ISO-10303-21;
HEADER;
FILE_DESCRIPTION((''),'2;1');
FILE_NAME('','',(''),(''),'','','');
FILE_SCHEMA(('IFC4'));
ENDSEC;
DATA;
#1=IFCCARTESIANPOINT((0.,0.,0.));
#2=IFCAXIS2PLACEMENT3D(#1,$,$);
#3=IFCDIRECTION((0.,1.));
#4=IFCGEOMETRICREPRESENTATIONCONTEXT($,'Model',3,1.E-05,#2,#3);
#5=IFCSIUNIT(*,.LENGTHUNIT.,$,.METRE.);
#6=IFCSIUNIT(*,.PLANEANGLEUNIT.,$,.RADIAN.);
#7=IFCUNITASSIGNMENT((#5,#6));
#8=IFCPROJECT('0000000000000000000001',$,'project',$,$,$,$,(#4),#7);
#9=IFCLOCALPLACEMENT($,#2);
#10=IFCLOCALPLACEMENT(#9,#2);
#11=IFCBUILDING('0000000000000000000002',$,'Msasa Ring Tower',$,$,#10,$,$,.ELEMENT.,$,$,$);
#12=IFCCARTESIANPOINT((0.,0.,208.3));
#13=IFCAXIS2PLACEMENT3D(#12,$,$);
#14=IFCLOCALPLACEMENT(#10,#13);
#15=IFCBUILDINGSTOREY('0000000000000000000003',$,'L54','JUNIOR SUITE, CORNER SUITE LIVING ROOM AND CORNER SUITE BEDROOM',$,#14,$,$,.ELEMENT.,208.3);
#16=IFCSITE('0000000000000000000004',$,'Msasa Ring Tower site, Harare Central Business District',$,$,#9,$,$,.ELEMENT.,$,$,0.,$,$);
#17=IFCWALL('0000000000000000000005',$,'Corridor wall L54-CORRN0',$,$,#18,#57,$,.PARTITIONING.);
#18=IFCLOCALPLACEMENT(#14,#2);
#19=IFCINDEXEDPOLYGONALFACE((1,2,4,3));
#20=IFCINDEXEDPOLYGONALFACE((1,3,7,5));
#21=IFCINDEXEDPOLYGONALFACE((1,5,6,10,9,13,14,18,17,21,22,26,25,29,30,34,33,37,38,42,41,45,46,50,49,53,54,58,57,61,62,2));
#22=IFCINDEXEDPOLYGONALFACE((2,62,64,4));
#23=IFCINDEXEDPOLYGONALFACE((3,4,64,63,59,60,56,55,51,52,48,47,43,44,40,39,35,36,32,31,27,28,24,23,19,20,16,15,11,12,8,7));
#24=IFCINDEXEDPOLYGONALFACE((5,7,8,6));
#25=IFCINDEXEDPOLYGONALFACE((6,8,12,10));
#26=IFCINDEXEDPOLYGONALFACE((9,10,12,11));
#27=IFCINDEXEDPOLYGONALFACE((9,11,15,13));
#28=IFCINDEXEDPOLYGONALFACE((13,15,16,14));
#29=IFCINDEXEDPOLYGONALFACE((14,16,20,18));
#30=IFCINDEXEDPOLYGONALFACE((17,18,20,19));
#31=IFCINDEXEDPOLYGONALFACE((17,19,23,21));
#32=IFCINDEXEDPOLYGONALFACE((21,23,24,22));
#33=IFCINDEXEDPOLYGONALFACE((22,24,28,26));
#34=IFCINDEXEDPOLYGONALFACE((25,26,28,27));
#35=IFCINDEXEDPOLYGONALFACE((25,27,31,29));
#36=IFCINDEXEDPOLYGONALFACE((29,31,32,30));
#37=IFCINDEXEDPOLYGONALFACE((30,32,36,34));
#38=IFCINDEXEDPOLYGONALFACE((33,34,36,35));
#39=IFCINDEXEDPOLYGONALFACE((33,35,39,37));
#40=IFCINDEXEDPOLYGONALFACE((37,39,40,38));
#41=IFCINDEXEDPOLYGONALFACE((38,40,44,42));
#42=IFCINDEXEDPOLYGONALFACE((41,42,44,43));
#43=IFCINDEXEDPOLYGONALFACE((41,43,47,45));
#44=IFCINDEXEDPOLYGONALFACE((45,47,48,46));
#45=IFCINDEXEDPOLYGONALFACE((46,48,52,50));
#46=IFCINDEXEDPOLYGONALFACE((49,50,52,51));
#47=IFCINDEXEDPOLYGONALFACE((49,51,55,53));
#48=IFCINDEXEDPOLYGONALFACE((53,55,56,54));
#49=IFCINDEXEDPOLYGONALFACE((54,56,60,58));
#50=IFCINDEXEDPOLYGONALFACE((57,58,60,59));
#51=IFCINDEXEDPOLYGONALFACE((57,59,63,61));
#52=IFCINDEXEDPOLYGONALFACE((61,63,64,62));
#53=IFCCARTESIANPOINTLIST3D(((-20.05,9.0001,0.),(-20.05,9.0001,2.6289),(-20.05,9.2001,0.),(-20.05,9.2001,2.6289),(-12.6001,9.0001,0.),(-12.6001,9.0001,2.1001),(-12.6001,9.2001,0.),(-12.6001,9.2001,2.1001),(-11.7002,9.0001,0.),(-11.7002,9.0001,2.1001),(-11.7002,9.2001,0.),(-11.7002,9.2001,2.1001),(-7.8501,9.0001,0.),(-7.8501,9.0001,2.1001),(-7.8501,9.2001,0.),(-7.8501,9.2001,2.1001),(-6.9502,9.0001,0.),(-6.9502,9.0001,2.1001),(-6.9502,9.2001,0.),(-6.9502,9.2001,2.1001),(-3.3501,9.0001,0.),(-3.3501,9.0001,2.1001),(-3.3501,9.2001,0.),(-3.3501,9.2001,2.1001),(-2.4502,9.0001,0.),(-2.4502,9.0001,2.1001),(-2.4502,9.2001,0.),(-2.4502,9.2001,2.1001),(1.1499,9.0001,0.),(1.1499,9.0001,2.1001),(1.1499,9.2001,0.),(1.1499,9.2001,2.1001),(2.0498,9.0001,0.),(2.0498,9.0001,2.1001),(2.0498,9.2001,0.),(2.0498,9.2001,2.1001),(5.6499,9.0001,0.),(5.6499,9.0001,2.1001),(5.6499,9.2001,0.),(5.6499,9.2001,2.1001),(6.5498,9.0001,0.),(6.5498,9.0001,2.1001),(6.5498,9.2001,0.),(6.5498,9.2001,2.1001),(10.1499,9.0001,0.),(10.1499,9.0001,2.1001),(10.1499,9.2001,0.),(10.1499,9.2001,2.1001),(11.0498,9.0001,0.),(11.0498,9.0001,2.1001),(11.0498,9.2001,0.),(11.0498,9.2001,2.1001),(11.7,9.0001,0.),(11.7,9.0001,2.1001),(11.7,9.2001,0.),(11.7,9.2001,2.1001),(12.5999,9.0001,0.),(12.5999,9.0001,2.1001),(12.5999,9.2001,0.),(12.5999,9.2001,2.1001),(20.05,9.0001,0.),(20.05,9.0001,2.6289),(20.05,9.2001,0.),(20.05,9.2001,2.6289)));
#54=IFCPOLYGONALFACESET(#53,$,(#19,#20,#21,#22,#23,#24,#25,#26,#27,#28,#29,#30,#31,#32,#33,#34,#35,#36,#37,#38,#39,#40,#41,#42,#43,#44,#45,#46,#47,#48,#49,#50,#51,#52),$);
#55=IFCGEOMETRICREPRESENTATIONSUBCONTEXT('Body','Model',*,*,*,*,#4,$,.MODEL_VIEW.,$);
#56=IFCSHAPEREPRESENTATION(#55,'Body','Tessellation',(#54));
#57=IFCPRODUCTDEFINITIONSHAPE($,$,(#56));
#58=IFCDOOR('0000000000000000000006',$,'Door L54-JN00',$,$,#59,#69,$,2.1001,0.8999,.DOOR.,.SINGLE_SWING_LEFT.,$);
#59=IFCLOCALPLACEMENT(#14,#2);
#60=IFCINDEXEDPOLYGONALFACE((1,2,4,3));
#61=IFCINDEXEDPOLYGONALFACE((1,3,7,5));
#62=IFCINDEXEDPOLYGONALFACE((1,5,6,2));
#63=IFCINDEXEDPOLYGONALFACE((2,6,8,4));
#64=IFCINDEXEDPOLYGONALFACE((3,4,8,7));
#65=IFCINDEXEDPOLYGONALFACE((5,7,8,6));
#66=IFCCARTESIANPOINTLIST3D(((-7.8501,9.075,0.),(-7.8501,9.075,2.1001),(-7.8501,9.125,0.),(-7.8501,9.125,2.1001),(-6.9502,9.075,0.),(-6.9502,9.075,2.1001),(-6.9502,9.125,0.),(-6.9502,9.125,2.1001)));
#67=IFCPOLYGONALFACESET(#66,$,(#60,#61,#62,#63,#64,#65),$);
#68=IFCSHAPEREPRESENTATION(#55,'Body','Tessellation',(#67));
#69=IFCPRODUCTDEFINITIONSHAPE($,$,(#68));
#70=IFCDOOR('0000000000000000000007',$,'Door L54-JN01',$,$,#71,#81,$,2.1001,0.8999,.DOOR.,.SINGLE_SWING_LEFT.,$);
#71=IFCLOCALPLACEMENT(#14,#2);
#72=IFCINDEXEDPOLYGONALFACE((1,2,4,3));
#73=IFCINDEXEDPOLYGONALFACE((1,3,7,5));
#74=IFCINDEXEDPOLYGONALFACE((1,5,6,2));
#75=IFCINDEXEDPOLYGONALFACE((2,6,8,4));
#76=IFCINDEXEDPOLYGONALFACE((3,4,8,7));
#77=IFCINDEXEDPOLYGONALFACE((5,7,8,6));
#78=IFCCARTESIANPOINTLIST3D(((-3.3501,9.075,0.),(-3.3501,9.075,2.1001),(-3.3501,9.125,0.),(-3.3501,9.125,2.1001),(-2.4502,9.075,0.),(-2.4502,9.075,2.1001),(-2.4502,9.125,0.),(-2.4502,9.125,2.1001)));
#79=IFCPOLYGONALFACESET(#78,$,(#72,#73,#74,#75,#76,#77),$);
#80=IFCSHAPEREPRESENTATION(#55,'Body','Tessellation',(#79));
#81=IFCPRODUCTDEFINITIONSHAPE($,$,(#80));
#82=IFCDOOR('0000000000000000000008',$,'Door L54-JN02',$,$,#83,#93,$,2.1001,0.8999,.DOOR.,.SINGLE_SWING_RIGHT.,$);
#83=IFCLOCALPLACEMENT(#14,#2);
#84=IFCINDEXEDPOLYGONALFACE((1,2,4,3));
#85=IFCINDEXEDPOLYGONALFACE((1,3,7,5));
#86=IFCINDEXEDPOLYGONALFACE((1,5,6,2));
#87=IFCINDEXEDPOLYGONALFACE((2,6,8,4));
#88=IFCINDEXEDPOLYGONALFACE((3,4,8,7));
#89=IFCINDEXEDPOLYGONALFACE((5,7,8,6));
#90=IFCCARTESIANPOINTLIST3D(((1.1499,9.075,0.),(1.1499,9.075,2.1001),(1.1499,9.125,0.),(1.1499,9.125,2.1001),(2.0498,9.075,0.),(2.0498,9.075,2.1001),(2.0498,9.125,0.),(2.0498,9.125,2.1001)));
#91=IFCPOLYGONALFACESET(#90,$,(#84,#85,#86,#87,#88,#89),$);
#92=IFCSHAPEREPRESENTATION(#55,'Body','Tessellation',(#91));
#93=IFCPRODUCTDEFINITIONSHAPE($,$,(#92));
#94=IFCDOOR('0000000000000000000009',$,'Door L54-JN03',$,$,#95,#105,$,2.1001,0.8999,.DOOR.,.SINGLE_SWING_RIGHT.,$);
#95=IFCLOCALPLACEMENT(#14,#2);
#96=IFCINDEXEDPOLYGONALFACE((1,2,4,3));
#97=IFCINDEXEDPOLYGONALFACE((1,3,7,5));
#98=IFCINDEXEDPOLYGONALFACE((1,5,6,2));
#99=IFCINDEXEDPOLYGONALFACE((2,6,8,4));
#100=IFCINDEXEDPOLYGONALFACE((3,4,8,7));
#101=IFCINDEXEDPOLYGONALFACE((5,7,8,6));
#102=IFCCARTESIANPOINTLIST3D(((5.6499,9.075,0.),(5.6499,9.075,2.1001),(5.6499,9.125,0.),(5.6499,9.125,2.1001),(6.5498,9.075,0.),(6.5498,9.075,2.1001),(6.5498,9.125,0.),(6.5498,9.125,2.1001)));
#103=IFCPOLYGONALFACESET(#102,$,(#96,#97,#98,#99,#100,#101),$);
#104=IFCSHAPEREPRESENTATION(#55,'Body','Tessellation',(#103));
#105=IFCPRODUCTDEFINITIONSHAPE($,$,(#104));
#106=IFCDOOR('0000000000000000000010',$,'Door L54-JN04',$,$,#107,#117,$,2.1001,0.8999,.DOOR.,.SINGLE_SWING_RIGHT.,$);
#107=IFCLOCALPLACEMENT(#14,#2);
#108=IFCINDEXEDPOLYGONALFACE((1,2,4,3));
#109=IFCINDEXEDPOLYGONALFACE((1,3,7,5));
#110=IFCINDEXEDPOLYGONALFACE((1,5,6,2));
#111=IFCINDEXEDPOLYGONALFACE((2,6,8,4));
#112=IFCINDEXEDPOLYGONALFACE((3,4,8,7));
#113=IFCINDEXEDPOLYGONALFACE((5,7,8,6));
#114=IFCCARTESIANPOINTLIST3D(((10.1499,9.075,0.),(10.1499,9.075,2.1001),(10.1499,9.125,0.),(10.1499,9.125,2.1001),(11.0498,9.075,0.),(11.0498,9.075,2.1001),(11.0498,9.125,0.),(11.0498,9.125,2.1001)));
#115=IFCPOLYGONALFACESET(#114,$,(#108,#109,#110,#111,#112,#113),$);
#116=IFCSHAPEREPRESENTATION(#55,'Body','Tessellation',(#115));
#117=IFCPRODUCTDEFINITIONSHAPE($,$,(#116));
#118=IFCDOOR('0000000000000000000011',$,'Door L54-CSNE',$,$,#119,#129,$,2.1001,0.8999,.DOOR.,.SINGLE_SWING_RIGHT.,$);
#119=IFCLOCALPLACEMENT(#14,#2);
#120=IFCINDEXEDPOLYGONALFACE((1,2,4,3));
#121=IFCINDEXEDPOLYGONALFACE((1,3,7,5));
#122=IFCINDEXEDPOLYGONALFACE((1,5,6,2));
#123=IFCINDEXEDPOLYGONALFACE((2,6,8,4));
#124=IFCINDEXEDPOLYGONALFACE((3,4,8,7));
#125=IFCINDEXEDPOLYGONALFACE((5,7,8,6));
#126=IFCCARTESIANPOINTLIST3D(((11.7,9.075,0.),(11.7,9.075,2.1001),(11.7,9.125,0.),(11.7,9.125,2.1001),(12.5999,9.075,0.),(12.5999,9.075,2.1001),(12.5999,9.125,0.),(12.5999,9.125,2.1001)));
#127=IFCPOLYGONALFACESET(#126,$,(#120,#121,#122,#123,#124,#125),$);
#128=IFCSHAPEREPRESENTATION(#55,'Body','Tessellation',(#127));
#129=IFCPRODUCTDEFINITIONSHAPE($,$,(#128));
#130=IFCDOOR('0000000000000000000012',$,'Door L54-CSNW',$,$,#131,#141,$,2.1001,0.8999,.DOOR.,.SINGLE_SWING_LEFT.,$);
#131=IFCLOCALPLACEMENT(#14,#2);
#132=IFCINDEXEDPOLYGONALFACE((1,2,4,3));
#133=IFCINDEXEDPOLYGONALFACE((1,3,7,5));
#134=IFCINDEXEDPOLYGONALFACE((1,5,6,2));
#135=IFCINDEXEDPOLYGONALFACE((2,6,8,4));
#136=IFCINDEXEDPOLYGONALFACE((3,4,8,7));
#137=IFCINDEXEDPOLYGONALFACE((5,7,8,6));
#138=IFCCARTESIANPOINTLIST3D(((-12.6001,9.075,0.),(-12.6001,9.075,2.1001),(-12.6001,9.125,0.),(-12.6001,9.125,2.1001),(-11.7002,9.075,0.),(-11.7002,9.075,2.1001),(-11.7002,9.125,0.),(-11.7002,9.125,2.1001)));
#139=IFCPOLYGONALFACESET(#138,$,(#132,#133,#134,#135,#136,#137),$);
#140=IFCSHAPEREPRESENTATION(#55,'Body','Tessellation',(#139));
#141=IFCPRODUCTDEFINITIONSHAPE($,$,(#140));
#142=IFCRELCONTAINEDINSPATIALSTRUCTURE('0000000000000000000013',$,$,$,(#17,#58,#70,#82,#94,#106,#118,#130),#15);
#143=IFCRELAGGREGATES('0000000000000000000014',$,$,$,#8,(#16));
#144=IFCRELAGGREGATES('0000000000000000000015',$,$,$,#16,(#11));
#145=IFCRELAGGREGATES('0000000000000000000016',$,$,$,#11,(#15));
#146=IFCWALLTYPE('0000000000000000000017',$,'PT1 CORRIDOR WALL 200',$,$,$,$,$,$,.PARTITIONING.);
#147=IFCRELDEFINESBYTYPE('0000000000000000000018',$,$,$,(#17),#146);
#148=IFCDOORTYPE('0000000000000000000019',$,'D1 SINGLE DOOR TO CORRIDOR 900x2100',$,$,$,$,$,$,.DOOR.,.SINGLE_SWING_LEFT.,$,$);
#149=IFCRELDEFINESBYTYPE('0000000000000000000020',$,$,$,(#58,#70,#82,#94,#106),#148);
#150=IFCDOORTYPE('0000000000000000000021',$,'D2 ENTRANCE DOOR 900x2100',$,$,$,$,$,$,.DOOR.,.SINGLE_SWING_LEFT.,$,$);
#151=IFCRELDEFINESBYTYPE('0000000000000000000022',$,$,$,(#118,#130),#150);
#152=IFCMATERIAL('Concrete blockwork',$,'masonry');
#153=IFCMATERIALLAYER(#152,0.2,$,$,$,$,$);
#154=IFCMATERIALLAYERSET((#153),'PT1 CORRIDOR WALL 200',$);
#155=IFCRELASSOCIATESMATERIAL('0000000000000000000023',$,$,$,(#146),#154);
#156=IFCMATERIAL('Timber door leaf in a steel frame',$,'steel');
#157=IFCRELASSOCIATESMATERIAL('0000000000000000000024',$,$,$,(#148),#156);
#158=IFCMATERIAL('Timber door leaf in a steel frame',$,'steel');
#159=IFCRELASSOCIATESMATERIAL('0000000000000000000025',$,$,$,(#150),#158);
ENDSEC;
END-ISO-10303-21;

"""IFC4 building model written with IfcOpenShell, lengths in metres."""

from ifc_helpers import new_model, si_unit, direction, frame, frame_2d, origin, place, context, subcontext, project, spatial, rectangle, extrude, material, layer, layer_set, type_object, element, fill, save


model = new_model("IFC4")

# Units and contexts
model_context = context("Model", 3, precision=1e-05, world=origin(), true_north=direction((0.0, 1.0)))
body_context = subcontext(model_context, "Body", "Model", "MODEL_VIEW")
ifc_project = project(units=[si_unit("LENGTHUNIT", "METRE"), si_unit("PLANEANGLEUNIT", "RADIAN")], contexts=[model_context])

# Site, building, storey
site_placement = place(None, origin())
site = spatial("IfcSite", under=ifc_project, at=site_placement, Name="Msasa Ring Tower site, Harare Central Business District", CompositionType="ELEMENT", RefElevation=0.0)
building_placement = place(site_placement, origin())
building = spatial("IfcBuilding", under=site, at=building_placement, Name="Msasa Ring Tower", CompositionType="ELEMENT")
storey_placement = place(building_placement, frame((0.0, 0.0, 208.3)))
storey = spatial("IfcBuildingStorey", under=building, at=storey_placement, Name="L54", Description="JUNIOR SUITE, CORNER SUITE LIVING ROOM AND CORNER SUITE BEDROOM", CompositionType="ELEMENT", Elevation=208.3)

# Wall, openings, doors
ifc_material_1 = material(Name="Concrete blockwork", Category="masonry")
ifc_layer_1 = layer(ifc_material_1, 0.2)
ifc_layer_set_1 = layer_set([ifc_layer_1], Name="PT1 CORRIDOR WALL 200")
wall_type_1 = type_object("IfcWallType", Name="PT1 CORRIDOR WALL 200", PredefinedType="PARTITIONING", material=ifc_layer_set_1)
wall_1_placement = place(storey_placement, frame((-20.05, 9.1001, 0.0), z_axis=(0.0, 0.0, 1.0), x_axis=(1.0, 0.0, 0.0)))
wall_1 = element("IfcWall", 1, at=wall_1_placement, inside=storey, type_object=wall_type_1, Name="Corridor wall L54-CORRN0", PredefinedType="PARTITIONING", context=body_context, shape_type="SweptSolid", body=[
    extrude(rectangle(XDim=40.1001, YDim=0.2, at=frame_2d((20.05, 0.0))), origin(), (0.0, 0.0, 1.0), 2.6289),
])
opening_1_placement = place(wall_1_placement, frame((12.2, 0.0, 0.0)))
opening_1 = element("IfcOpeningElement", 2, at=opening_1_placement, cuts=wall_1, PredefinedType="OPENING", context=body_context, shape_type="SweptSolid", body=[
    extrude(rectangle(XDim=0.8999, YDim=2.1001, at=frame_2d((0.45, 1.05))), frame((0.0, 0.1099, 0.0), z_axis=(0.0, -1.0, 0.0), x_axis=(1.0, 0.0, 0.0)), (0.0, 0.0, 1.0), 0.22),
])
opening_2_placement = place(wall_1_placement, frame((16.7, 0.0, 0.0)))
opening_2 = element("IfcOpeningElement", 3, at=opening_2_placement, cuts=wall_1, PredefinedType="OPENING", context=body_context, shape_type="SweptSolid", body=[
    extrude(rectangle(XDim=0.8999, YDim=2.1001, at=frame_2d((0.45, 1.05))), frame((0.0, 0.1099, 0.0), z_axis=(0.0, -1.0, 0.0), x_axis=(1.0, 0.0, 0.0)), (0.0, 0.0, 1.0), 0.22),
])
opening_3_placement = place(wall_1_placement, frame((21.2, 0.0, 0.0)))
opening_3 = element("IfcOpeningElement", 4, at=opening_3_placement, cuts=wall_1, PredefinedType="OPENING", context=body_context, shape_type="SweptSolid", body=[
    extrude(rectangle(XDim=0.8999, YDim=2.1001, at=frame_2d((0.45, 1.05))), frame((0.0, 0.1099, 0.0), z_axis=(0.0, -1.0, 0.0), x_axis=(1.0, 0.0, 0.0)), (0.0, 0.0, 1.0), 0.22),
])
opening_4_placement = place(wall_1_placement, frame((25.7, 0.0, 0.0)))
opening_4 = element("IfcOpeningElement", 5, at=opening_4_placement, cuts=wall_1, PredefinedType="OPENING", context=body_context, shape_type="SweptSolid", body=[
    extrude(rectangle(XDim=0.8999, YDim=2.1001, at=frame_2d((0.45, 1.05))), frame((0.0, 0.1099, 0.0), z_axis=(0.0, -1.0, 0.0), x_axis=(1.0, 0.0, 0.0)), (0.0, 0.0, 1.0), 0.22),
])
opening_5_placement = place(wall_1_placement, frame((30.2, 0.0, 0.0)))
opening_5 = element("IfcOpeningElement", 6, at=opening_5_placement, cuts=wall_1, PredefinedType="OPENING", context=body_context, shape_type="SweptSolid", body=[
    extrude(rectangle(XDim=0.8999, YDim=2.1001, at=frame_2d((0.45, 1.05))), frame((0.0, 0.1099, 0.0), z_axis=(0.0, -1.0, 0.0), x_axis=(1.0, 0.0, 0.0)), (0.0, 0.0, 1.0), 0.22),
])
opening_6_placement = place(wall_1_placement, frame((31.75, 0.0, 0.0)))
opening_6 = element("IfcOpeningElement", 7, at=opening_6_placement, cuts=wall_1, PredefinedType="OPENING", context=body_context, shape_type="SweptSolid", body=[
    extrude(rectangle(XDim=0.8999, YDim=2.1001, at=frame_2d((0.45, 1.05))), frame((0.0, 0.1099, 0.0), z_axis=(0.0, -1.0, 0.0), x_axis=(1.0, 0.0, 0.0)), (0.0, 0.0, 1.0), 0.22),
])
opening_7_placement = place(wall_1_placement, frame((7.45, 0.0, 0.0)))
opening_7 = element("IfcOpeningElement", 8, at=opening_7_placement, cuts=wall_1, PredefinedType="OPENING", context=body_context, shape_type="SweptSolid", body=[
    extrude(rectangle(XDim=0.8999, YDim=2.1001, at=frame_2d((0.45, 1.05))), frame((0.0, 0.1099, 0.0), z_axis=(0.0, -1.0, 0.0), x_axis=(1.0, 0.0, 0.0)), (0.0, 0.0, 1.0), 0.22),
])
ifc_material_2 = material(Name="Timber door leaf in a steel frame", Category="steel")
door_type_1 = type_object("IfcDoorType", Name="D1 SINGLE DOOR TO CORRIDOR 900x2100", OperationType="SINGLE_SWING_LEFT", PredefinedType="DOOR", material=ifc_material_2)
door_1_placement = place(opening_1_placement, origin())
door_1 = element("IfcDoor", 9, at=door_1_placement, inside=storey, type_object=door_type_1, Name="Door L54-JN00", OperationType="SINGLE_SWING_LEFT", OverallHeight=2.1001, OverallWidth=0.8999, PredefinedType="DOOR", context=body_context, shape_type="SweptSolid", body=[
    extrude(rectangle(XDim=0.8999, YDim=2.1001, at=frame_2d((0.45, 1.05))), frame((0.0, 0.0249, 0.0), z_axis=(0.0, -1.0, 0.0), x_axis=(1.0, 0.0, 0.0)), (0.0, 0.0, 1.0), 0.05),
])
fill(opening_1, door_1)
door_2_placement = place(opening_2_placement, origin())
door_2 = element("IfcDoor", 10, at=door_2_placement, inside=storey, type_object=door_type_1, Name="Door L54-JN01", OperationType="SINGLE_SWING_LEFT", OverallHeight=2.1001, OverallWidth=0.8999, PredefinedType="DOOR", context=body_context, shape_type="SweptSolid", body=[
    extrude(rectangle(XDim=0.8999, YDim=2.1001, at=frame_2d((0.45, 1.05))), frame((0.0, 0.0249, 0.0), z_axis=(0.0, -1.0, 0.0), x_axis=(1.0, 0.0, 0.0)), (0.0, 0.0, 1.0), 0.05),
])
fill(opening_2, door_2)
door_3_placement = place(opening_3_placement, origin())
door_3 = element("IfcDoor", 11, at=door_3_placement, inside=storey, type_object=door_type_1, Name="Door L54-JN02", OperationType="SINGLE_SWING_RIGHT", OverallHeight=2.1001, OverallWidth=0.8999, PredefinedType="DOOR", context=body_context, shape_type="SweptSolid", body=[
    extrude(rectangle(XDim=0.8999, YDim=2.1001, at=frame_2d((0.45, 1.05))), frame((0.0, 0.0249, 0.0), z_axis=(0.0, -1.0, 0.0), x_axis=(1.0, 0.0, 0.0)), (0.0, 0.0, 1.0), 0.05),
])
fill(opening_3, door_3)
door_4_placement = place(opening_4_placement, origin())
door_4 = element("IfcDoor", 12, at=door_4_placement, inside=storey, type_object=door_type_1, Name="Door L54-JN03", OperationType="SINGLE_SWING_RIGHT", OverallHeight=2.1001, OverallWidth=0.8999, PredefinedType="DOOR", context=body_context, shape_type="SweptSolid", body=[
    extrude(rectangle(XDim=0.8999, YDim=2.1001, at=frame_2d((0.45, 1.05))), frame((0.0, 0.0249, 0.0), z_axis=(0.0, -1.0, 0.0), x_axis=(1.0, 0.0, 0.0)), (0.0, 0.0, 1.0), 0.05),
])
fill(opening_4, door_4)
door_5_placement = place(opening_5_placement, origin())
door_5 = element("IfcDoor", 13, at=door_5_placement, inside=storey, type_object=door_type_1, Name="Door L54-JN04", OperationType="SINGLE_SWING_RIGHT", OverallHeight=2.1001, OverallWidth=0.8999, PredefinedType="DOOR", context=body_context, shape_type="SweptSolid", body=[
    extrude(rectangle(XDim=0.8999, YDim=2.1001, at=frame_2d((0.45, 1.05))), frame((0.0, 0.0249, 0.0), z_axis=(0.0, -1.0, 0.0), x_axis=(1.0, 0.0, 0.0)), (0.0, 0.0, 1.0), 0.05),
])
fill(opening_5, door_5)
ifc_material_3 = material(Name="Timber door leaf in a steel frame", Category="steel")
door_type_2 = type_object("IfcDoorType", Name="D2 ENTRANCE DOOR 900x2100", OperationType="SINGLE_SWING_LEFT", PredefinedType="DOOR", material=ifc_material_3)
door_6_placement = place(opening_6_placement, origin())
door_6 = element("IfcDoor", 14, at=door_6_placement, inside=storey, type_object=door_type_2, Name="Door L54-CSNE", OperationType="SINGLE_SWING_RIGHT", OverallHeight=2.1001, OverallWidth=0.8999, PredefinedType="DOOR", context=body_context, shape_type="SweptSolid", body=[
    extrude(rectangle(XDim=0.8999, YDim=2.1001, at=frame_2d((0.45, 1.05))), frame((0.0, 0.0249, 0.0), z_axis=(0.0, -1.0, 0.0), x_axis=(1.0, 0.0, 0.0)), (0.0, 0.0, 1.0), 0.05),
])
fill(opening_6, door_6)
door_7_placement = place(opening_7_placement, origin())
door_7 = element("IfcDoor", 15, at=door_7_placement, inside=storey, type_object=door_type_2, Name="Door L54-CSNW", OperationType="SINGLE_SWING_LEFT", OverallHeight=2.1001, OverallWidth=0.8999, PredefinedType="DOOR", context=body_context, shape_type="SweptSolid", body=[
    extrude(rectangle(XDim=0.8999, YDim=2.1001, at=frame_2d((0.45, 1.05))), frame((0.0, 0.0249, 0.0), z_axis=(0.0, -1.0, 0.0), x_axis=(1.0, 0.0, 0.0)), (0.0, 0.0, 1.0), 0.05),
])
fill(opening_7, door_7)

save(model, "model.ifc")
